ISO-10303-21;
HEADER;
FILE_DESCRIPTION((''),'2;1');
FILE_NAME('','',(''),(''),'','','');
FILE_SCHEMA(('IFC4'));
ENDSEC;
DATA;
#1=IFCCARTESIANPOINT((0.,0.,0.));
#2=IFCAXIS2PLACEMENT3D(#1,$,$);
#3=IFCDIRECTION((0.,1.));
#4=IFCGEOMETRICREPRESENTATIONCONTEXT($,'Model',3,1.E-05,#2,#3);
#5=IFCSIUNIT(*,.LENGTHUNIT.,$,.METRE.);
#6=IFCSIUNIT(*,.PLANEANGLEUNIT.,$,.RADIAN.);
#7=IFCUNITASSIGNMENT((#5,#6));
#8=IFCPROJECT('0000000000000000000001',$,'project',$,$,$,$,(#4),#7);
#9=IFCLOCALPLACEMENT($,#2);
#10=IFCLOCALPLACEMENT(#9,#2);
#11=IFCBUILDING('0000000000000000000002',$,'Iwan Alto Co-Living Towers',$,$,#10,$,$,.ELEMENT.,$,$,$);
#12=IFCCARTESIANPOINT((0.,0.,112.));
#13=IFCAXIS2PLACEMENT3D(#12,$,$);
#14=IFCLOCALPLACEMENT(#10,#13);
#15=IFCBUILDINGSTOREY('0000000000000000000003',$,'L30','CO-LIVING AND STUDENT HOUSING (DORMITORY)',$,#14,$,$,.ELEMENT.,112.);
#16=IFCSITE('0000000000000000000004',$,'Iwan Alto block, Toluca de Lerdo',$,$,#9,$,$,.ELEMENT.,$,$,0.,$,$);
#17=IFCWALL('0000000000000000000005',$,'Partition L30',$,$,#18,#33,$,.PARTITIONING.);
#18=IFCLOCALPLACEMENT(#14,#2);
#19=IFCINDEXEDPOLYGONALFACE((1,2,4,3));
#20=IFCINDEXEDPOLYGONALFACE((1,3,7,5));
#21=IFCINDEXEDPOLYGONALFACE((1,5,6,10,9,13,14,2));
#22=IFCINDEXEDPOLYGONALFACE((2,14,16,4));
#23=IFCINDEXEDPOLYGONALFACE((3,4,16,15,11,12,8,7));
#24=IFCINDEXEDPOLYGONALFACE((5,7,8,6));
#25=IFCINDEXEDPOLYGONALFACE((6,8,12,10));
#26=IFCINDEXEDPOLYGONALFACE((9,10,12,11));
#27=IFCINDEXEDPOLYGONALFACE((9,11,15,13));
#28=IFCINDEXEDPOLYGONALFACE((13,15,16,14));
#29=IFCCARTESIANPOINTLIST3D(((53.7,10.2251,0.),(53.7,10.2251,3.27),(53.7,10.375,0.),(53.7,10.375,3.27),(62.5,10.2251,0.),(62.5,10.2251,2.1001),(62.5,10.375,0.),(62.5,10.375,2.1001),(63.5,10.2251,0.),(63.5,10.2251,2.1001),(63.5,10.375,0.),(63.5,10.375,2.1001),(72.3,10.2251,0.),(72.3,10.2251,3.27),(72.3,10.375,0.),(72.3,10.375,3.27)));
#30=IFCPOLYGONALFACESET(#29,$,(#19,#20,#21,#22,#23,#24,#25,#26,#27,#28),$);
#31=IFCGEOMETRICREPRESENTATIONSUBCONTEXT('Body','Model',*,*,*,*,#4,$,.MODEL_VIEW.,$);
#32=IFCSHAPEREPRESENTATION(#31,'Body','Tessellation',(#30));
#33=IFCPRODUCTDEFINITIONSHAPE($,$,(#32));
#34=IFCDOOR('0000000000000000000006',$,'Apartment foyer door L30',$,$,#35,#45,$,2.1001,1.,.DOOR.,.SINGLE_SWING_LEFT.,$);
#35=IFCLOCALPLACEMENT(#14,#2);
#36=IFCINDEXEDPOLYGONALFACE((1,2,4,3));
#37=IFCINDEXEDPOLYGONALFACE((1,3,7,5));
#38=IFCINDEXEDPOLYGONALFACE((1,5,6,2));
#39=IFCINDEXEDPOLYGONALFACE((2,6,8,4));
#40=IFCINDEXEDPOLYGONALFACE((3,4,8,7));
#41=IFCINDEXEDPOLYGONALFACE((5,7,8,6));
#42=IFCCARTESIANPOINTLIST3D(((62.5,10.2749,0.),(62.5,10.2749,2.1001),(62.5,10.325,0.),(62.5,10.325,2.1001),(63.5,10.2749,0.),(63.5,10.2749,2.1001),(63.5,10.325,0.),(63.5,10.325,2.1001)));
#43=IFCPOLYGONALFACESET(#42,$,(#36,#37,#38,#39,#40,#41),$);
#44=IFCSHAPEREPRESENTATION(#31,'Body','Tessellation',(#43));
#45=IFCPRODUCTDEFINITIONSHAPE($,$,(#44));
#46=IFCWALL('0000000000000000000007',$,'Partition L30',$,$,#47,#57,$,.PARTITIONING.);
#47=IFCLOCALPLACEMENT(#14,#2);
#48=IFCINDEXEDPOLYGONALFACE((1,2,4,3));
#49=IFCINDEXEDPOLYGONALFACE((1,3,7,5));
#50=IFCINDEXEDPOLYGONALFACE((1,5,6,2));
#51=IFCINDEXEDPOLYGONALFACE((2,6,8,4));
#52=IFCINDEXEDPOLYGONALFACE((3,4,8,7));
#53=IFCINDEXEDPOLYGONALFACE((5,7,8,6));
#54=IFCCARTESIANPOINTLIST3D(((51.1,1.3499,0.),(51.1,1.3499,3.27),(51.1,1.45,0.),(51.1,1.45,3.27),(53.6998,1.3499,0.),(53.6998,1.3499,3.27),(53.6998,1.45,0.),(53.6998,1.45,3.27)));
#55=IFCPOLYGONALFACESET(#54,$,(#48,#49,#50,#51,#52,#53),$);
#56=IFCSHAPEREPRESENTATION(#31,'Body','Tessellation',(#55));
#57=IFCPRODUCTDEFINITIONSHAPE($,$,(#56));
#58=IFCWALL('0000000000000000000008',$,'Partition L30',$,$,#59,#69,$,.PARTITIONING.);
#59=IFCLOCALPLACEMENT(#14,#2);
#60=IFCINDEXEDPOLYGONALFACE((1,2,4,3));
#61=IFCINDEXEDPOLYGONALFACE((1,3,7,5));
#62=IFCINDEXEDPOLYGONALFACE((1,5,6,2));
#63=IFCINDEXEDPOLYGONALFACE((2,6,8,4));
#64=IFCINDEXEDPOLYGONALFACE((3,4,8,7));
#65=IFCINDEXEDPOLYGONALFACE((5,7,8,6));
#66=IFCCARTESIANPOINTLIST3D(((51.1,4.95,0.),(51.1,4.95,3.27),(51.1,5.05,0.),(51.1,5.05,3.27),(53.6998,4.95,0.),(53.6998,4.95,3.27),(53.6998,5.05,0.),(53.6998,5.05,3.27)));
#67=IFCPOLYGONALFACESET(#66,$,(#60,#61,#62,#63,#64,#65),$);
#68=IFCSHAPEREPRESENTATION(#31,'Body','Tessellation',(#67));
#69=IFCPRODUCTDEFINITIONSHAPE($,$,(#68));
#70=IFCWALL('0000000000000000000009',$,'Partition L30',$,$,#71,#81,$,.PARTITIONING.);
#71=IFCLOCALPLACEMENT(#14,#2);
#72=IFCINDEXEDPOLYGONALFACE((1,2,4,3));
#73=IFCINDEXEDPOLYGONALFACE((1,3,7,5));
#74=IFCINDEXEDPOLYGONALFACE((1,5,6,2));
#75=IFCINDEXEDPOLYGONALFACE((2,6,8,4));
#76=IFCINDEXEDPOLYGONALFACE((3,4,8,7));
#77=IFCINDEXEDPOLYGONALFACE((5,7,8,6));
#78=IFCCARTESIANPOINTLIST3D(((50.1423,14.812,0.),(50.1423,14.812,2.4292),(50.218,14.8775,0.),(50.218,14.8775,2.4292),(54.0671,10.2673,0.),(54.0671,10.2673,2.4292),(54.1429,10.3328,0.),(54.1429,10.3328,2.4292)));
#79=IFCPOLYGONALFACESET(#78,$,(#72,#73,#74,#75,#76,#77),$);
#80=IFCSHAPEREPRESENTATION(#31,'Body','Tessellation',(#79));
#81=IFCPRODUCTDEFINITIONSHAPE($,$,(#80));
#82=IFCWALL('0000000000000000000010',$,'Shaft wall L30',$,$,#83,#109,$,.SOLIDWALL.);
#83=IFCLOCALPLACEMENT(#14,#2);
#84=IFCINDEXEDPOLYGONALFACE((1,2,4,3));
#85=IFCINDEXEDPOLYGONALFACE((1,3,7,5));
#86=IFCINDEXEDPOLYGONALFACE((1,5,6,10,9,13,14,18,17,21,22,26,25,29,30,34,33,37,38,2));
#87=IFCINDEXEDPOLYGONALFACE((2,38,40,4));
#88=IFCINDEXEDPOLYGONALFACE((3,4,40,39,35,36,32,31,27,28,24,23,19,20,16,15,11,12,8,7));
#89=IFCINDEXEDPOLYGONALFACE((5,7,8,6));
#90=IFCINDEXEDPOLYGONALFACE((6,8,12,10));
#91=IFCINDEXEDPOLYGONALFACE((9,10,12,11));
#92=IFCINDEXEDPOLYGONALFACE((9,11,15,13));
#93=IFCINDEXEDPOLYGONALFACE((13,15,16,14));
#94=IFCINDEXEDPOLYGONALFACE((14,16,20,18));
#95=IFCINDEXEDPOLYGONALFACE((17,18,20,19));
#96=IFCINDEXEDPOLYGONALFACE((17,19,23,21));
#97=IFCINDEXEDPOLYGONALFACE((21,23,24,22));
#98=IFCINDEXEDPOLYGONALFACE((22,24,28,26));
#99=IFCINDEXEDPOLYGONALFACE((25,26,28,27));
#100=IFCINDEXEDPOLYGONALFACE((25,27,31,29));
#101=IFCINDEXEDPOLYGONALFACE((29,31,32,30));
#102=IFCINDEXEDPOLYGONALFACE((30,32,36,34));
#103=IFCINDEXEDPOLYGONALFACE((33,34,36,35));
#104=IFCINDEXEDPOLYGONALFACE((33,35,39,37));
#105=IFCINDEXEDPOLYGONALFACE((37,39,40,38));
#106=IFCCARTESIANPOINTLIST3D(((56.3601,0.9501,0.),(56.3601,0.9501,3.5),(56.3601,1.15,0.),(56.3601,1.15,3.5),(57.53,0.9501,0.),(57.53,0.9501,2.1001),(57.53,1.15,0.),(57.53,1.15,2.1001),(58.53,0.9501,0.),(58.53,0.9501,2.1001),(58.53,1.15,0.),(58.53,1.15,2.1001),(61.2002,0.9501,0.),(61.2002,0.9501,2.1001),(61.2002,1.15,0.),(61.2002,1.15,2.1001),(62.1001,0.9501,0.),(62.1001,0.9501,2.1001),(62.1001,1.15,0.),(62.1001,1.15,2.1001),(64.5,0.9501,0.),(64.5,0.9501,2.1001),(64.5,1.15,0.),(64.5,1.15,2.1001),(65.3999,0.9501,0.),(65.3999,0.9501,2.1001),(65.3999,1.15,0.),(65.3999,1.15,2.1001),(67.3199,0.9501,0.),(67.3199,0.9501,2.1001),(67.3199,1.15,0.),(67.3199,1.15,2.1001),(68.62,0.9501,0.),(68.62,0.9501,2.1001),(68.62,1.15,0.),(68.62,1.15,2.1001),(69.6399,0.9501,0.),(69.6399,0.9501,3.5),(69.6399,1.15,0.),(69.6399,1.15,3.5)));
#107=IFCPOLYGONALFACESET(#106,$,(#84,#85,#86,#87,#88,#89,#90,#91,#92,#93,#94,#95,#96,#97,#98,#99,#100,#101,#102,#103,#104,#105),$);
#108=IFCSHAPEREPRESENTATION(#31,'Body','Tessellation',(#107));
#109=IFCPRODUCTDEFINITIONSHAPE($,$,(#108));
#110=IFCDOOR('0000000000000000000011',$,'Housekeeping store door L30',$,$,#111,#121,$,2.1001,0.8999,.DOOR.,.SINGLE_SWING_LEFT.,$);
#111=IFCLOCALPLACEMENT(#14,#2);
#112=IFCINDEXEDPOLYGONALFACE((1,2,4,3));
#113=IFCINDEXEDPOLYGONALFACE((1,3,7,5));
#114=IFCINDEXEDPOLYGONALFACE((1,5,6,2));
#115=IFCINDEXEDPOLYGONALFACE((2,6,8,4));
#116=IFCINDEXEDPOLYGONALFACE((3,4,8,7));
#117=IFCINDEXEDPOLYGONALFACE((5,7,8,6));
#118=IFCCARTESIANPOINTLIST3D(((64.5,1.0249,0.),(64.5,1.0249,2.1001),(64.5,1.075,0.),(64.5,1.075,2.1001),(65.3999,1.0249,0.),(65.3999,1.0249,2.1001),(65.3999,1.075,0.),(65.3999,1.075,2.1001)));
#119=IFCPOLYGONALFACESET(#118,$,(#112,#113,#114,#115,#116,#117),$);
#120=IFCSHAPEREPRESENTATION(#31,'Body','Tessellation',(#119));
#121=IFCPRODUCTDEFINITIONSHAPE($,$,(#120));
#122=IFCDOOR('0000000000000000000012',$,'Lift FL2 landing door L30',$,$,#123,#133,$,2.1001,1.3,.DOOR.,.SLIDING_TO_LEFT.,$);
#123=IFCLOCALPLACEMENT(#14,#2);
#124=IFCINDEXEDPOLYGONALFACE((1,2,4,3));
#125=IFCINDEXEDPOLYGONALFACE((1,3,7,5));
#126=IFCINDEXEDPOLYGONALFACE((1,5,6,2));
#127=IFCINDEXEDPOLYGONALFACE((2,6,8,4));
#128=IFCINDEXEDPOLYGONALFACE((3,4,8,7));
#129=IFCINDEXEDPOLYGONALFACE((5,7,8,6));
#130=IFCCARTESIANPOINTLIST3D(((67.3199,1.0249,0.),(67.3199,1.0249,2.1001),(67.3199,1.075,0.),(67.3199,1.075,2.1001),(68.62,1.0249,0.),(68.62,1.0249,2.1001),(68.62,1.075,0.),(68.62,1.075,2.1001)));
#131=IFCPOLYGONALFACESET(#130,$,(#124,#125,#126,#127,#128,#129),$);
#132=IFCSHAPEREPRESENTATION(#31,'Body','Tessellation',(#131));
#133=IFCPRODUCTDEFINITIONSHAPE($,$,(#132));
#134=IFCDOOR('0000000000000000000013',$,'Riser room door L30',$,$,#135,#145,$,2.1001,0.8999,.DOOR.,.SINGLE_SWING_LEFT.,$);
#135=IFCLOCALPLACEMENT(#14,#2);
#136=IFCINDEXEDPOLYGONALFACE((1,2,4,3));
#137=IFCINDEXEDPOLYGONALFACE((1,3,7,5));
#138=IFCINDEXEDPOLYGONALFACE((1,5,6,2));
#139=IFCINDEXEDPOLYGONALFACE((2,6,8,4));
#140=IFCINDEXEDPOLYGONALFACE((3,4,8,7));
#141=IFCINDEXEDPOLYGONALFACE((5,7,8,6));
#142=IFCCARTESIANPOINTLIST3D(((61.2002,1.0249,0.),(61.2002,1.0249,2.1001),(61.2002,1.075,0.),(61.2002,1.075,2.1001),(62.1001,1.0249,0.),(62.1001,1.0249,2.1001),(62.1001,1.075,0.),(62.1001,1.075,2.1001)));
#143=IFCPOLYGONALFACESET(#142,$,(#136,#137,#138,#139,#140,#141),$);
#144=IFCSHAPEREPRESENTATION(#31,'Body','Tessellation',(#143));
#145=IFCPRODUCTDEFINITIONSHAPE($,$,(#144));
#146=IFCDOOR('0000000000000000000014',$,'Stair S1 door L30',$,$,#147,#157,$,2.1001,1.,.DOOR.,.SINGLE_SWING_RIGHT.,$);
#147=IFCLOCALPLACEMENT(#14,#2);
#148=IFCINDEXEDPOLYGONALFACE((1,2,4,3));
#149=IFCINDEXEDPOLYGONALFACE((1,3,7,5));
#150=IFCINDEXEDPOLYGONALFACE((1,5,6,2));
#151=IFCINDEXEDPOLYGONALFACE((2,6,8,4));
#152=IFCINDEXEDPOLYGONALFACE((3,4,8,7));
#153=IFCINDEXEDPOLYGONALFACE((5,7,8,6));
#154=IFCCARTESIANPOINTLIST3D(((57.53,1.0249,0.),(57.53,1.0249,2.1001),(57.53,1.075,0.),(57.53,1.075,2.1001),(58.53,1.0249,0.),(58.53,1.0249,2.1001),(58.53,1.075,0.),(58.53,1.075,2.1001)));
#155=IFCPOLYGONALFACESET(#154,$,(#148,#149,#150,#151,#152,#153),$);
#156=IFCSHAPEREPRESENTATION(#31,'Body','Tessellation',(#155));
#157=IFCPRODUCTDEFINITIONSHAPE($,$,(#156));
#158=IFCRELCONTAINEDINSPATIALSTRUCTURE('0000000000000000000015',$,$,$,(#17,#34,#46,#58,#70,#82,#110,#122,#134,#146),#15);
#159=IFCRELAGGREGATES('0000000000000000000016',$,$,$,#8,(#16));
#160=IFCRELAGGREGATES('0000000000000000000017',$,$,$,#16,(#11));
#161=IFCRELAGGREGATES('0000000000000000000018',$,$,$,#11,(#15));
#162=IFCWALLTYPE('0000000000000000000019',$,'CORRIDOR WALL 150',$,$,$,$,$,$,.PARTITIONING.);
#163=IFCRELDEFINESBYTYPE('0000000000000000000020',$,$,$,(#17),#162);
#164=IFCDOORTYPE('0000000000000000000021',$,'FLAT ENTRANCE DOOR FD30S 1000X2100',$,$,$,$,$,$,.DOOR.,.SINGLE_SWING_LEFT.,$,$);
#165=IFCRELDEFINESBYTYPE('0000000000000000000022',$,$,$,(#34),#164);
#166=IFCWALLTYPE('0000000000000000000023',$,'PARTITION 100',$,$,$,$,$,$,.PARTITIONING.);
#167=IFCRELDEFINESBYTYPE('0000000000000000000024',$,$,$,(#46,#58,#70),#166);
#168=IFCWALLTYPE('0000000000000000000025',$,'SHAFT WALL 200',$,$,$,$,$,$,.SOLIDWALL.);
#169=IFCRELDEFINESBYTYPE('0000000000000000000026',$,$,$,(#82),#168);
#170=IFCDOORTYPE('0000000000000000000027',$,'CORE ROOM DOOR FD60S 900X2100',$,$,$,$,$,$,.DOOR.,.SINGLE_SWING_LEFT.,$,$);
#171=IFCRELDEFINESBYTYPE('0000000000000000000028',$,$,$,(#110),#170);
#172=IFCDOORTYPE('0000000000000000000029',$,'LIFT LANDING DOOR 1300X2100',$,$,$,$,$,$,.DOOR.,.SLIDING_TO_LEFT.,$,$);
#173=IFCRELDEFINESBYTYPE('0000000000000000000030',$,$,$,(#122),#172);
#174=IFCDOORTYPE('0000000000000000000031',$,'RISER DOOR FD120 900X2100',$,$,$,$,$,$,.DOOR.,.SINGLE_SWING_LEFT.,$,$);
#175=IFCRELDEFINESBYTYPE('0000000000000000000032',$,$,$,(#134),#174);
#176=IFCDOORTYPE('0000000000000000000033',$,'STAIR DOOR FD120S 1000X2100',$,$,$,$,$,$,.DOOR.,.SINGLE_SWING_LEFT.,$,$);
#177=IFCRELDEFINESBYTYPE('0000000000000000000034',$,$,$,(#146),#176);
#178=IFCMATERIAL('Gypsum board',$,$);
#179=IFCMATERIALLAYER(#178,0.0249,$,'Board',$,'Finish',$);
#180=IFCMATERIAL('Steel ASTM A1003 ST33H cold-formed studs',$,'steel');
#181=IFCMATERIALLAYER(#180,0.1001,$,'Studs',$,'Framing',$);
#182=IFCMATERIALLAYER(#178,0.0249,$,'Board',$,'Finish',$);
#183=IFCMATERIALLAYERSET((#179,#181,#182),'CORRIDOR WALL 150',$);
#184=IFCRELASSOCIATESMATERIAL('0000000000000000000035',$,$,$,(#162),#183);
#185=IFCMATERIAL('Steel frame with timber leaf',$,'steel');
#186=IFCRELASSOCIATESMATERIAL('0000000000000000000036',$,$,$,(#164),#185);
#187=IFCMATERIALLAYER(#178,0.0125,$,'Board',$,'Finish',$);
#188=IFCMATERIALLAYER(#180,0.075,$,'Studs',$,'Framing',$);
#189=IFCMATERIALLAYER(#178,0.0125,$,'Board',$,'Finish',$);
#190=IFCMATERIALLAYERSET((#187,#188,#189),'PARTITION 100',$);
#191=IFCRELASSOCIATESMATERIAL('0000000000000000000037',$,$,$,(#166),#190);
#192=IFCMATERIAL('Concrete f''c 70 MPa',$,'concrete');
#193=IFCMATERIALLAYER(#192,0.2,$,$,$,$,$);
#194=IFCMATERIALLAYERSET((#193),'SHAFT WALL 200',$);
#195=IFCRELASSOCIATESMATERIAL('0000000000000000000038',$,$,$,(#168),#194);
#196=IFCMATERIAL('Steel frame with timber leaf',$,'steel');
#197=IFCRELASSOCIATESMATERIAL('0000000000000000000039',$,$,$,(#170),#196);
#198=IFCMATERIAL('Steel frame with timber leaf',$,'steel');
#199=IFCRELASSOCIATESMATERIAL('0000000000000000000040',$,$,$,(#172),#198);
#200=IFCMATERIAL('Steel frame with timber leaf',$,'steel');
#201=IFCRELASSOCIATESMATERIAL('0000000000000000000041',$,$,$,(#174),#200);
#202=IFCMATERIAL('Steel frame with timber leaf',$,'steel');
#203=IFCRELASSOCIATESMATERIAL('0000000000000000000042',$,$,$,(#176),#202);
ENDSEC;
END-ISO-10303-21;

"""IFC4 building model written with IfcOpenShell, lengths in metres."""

from ifc_helpers import new_model, si_unit, direction, frame, frame_2d, origin, place, context, subcontext, project, spatial, rectangle, extrude, material, layer, layer_set, type_object, element, fill, save


model = new_model("IFC4")

# Units and contexts
model_context = context("Model", 3, precision=1e-05, world=origin(), true_north=direction((0.0, 1.0)))
body_context = subcontext(model_context, "Body", "Model", "MODEL_VIEW")
ifc_project = project(units=[si_unit("LENGTHUNIT", "METRE"), si_unit("PLANEANGLEUNIT", "RADIAN")], contexts=[model_context])

# Site, building, storey
site_placement = place(None, origin())
site = spatial("IfcSite", under=ifc_project, at=site_placement, Name="Iwan Alto block, Toluca de Lerdo", CompositionType="ELEMENT", RefElevation=0.0)
building_placement = place(site_placement, origin())
building = spatial("IfcBuilding", under=site, at=building_placement, Name="Iwan Alto Co-Living Towers", CompositionType="ELEMENT")
storey_placement = place(building_placement, frame((0.0, 0.0, 112.0)))
storey = spatial("IfcBuildingStorey", under=building, at=storey_placement, Name="L30", Description="CO-LIVING AND STUDENT HOUSING (DORMITORY)", CompositionType="ELEMENT", Elevation=112.0)

# Wall, opening, door
ifc_material_1 = material(Name="Gypsum board")
ifc_layer_1 = layer(ifc_material_1, 0.0249, Name="Board", Category="Finish")
ifc_material_2 = material(Name="Steel ASTM A1003 ST33H cold-formed studs", Category="steel")
ifc_layer_2 = layer(ifc_material_2, 0.1001, Name="Studs", Category="Framing")
ifc_layer_3 = layer(ifc_material_1, 0.0249, Name="Board", Category="Finish")
ifc_layer_set_1 = layer_set([ifc_layer_1, ifc_layer_2, ifc_layer_3], Name="CORRIDOR WALL 150")
wall_type_1 = type_object("IfcWallType", Name="CORRIDOR WALL 150", PredefinedType="PARTITIONING", material=ifc_layer_set_1)
wall_1_placement = place(storey_placement, frame((53.7, 10.3, 0.0), z_axis=(0.0, 0.0, 1.0), x_axis=(1.0, 0.0, 0.0)))
wall_1 = element("IfcWall", 1, at=wall_1_placement, inside=storey, type_object=wall_type_1, Name="Partition L30", PredefinedType="PARTITIONING", context=body_context, shape_type="SweptSolid", body=[
    extrude(rectangle(XDim=18.6001, YDim=0.1499, at=frame_2d((9.3, 0.0))), origin(), (0.0, 0.0, 1.0), 3.27),
])
opening_1_placement = place(wall_1_placement, frame((8.8, 0.0, 0.0)))
opening_1 = element("IfcOpeningElement", 2, at=opening_1_placement, cuts=wall_1, PredefinedType="OPENING", context=body_context, shape_type="SweptSolid", body=[
    extrude(rectangle(XDim=1.0, YDim=2.1001, at=frame_2d((0.5, 1.05))), frame((0.0, 0.085, 0.0), z_axis=(0.0, -1.0, 0.0), x_axis=(1.0, 0.0, 0.0)), (0.0, 0.0, 1.0), 0.1699),
])
ifc_material_3 = material(Name="Steel frame with timber leaf", Category="steel")
door_type_1 = type_object("IfcDoorType", Name="FLAT ENTRANCE DOOR FD30S 1000X2100", OperationType="SINGLE_SWING_LEFT", PredefinedType="DOOR", material=ifc_material_3)
door_1_placement = place(opening_1_placement, origin())
door_1 = element("IfcDoor", 3, at=door_1_placement, inside=storey, type_object=door_type_1, Name="Apartment foyer door L30", OperationType="SINGLE_SWING_LEFT", OverallHeight=2.1001, OverallWidth=1.0, PredefinedType="DOOR", context=body_context, shape_type="SweptSolid", body=[
    extrude(rectangle(XDim=1.0, YDim=2.1001, at=frame_2d((0.5, 1.05))), frame((0.0, 0.0249, 0.0), z_axis=(0.0, -1.0, 0.0), x_axis=(1.0, 0.0, 0.0)), (0.0, 0.0, 1.0), 0.05),
])
fill(opening_1, door_1)

# Walls
ifc_layer_4 = layer(ifc_material_1, 0.0125, Name="Board", Category="Finish")
ifc_layer_5 = layer(ifc_material_2, 0.075, Name="Studs", Category="Framing")
ifc_layer_6 = layer(ifc_material_1, 0.0125, Name="Board", Category="Finish")
ifc_layer_set_2 = layer_set([ifc_layer_4, ifc_layer_5, ifc_layer_6], Name="PARTITION 100")
wall_type_2 = type_object("IfcWallType", Name="PARTITION 100", PredefinedType="PARTITIONING", material=ifc_layer_set_2)
for number, where, z_axis, x_axis, name in (
    (4, (51.1001, 1.3999, 0.0), (0.0, 0.0, 1.0), (1.0, 0.0, 0.0), "Partition L30"),
    (5, (51.1001, 5.0, 0.0), (0.0, 0.0, 1.0), (1.0, 0.0, 0.0), "Partition L30"),
):
    element("IfcWall", number, at=place(storey_placement, frame(where, z_axis=z_axis, x_axis=x_axis)), inside=storey, type_object=wall_type_2, Name=name, PredefinedType="PARTITIONING", context=body_context, shape_type="SweptSolid", body=[
        extrude(rectangle(XDim=2.5999, YDim=0.1001, at=frame_2d((1.2998, 0.0))), origin(), (0.0, 0.0, 1.0), 3.27),
    ])
wall_2_placement = place(storey_placement, frame((54.105, 10.3, 0.0), z_axis=(0.0, 0.0, 1.0), x_axis=(-0.653606, 0.756835, 0.0)))
element("IfcWall", 6, at=wall_2_placement, inside=storey, type_object=wall_type_2, Name="Partition L30", PredefinedType="PARTITIONING", context=body_context, shape_type="SweptSolid", body=[
    extrude(rectangle(XDim=6.0049, YDim=0.1001, at=frame_2d((3.0024, 0.0))), origin(), (0.0, 0.0, 1.0), 2.4292),
])

# Wall, openings, doors
ifc_material_4 = material(Name="Concrete f'c 70 MPa", Category="concrete")
ifc_layer_7 = layer(ifc_material_4, 0.2)
ifc_layer_set_3 = layer_set([ifc_layer_7], Name="SHAFT WALL 200")
wall_type_3 = type_object("IfcWallType", Name="SHAFT WALL 200", PredefinedType="SOLIDWALL", material=ifc_layer_set_3)
wall_3_placement = place(storey_placement, frame((56.3601, 1.05, 0.0), z_axis=(0.0, 0.0, 1.0), x_axis=(1.0, 0.0, 0.0)))
wall_3 = element("IfcWall", 7, at=wall_3_placement, inside=storey, type_object=wall_type_3, Name="Shaft wall L30", PredefinedType="SOLIDWALL", context=body_context, shape_type="SweptSolid", body=[
    extrude(rectangle(XDim=13.2798, YDim=0.2, at=frame_2d((6.6399, 0.0))), origin(), (0.0, 0.0, 1.0), 3.5),
])
opening_2_placement = place(wall_3_placement, frame((1.1699, 0.0, 0.0)))
opening_2 = element("IfcOpeningElement", 8, at=opening_2_placement, cuts=wall_3, PredefinedType="OPENING", context=body_context, shape_type="SweptSolid", body=[
    extrude(rectangle(XDim=1.0, YDim=2.1001, at=frame_2d((0.5, 1.05))), frame((0.0, 0.1099, 0.0), z_axis=(0.0, -1.0, 0.0), x_axis=(1.0, 0.0, 0.0)), (0.0, 0.0, 1.0), 0.22),
])
opening_3_placement = place(wall_3_placement, frame((4.8401, 0.0, 0.0)))
opening_3 = element("IfcOpeningElement", 9, at=opening_3_placement, cuts=wall_3, PredefinedType="OPENING", context=body_context, shape_type="SweptSolid", body=[
    extrude(rectangle(XDim=0.8999, YDim=2.1001, at=frame_2d((0.45, 1.05))), frame((0.0, 0.1099, 0.0), z_axis=(0.0, -1.0, 0.0), x_axis=(1.0, 0.0, 0.0)), (0.0, 0.0, 1.0), 0.22),
])
opening_4_placement = place(wall_3_placement, frame((8.1399, 0.0, 0.0)))
opening_4 = element("IfcOpeningElement", 10, at=opening_4_placement, cuts=wall_3, PredefinedType="OPENING", context=body_context, shape_type="SweptSolid", body=[
    extrude(rectangle(XDim=0.8999, YDim=2.1001, at=frame_2d((0.45, 1.05))), frame((0.0, 0.1099, 0.0), z_axis=(0.0, -1.0, 0.0), x_axis=(1.0, 0.0, 0.0)), (0.0, 0.0, 1.0), 0.22),
])
opening_5_placement = place(wall_3_placement, frame((10.96, 0.0, 0.0)))
opening_5 = element("IfcOpeningElement", 11, at=opening_5_placement, cuts=wall_3, PredefinedType="OPENING", context=body_context, shape_type="SweptSolid", body=[
    extrude(rectangle(XDim=1.3, YDim=2.1001, at=frame_2d((0.6499, 1.05))), frame((0.0, 0.1099, 0.0), z_axis=(0.0, -1.0, 0.0), x_axis=(1.0, 0.0, 0.0)), (0.0, 0.0, 1.0), 0.22),
])
ifc_material_5 = material(Name="Steel frame with timber leaf", Category="steel")
door_type_2 = type_object("IfcDoorType", Name="CORE ROOM DOOR FD60S 900X2100", OperationType="SINGLE_SWING_LEFT", PredefinedType="DOOR", material=ifc_material_5)
door_2_placement = place(opening_4_placement, origin())
door_2 = element("IfcDoor", 12, at=door_2_placement, inside=storey, type_object=door_type_2, Name="Housekeeping store door L30", OperationType="SINGLE_SWING_LEFT", OverallHeight=2.1001, OverallWidth=0.8999, PredefinedType="DOOR", context=body_context, shape_type="SweptSolid", body=[
    extrude(rectangle(XDim=0.8999, YDim=2.1001, at=frame_2d((0.45, 1.05))), frame((0.0, 0.0249, 0.0), z_axis=(0.0, -1.0, 0.0), x_axis=(1.0, 0.0, 0.0)), (0.0, 0.0, 1.0), 0.05),
])
fill(opening_4, door_2)
ifc_material_6 = material(Name="Steel frame with timber leaf", Category="steel")
door_type_3 = type_object("IfcDoorType", Name="LIFT LANDING DOOR 1300X2100", OperationType="SLIDING_TO_LEFT", PredefinedType="DOOR", material=ifc_material_6)
door_3_placement = place(opening_5_placement, origin())
door_3 = element("IfcDoor", 13, at=door_3_placement, inside=storey, type_object=door_type_3, Name="Lift FL2 landing door L30", OperationType="SLIDING_TO_LEFT", OverallHeight=2.1001, OverallWidth=1.3, PredefinedType="DOOR", context=body_context, shape_type="SweptSolid", body=[
    extrude(rectangle(XDim=1.3, YDim=2.1001, at=frame_2d((0.6499, 1.05))), frame((0.0, 0.0249, 0.0), z_axis=(0.0, -1.0, 0.0), x_axis=(1.0, 0.0, 0.0)), (0.0, 0.0, 1.0), 0.05),
])
fill(opening_5, door_3)
ifc_material_7 = material(Name="Steel frame with timber leaf", Category="steel")
door_type_4 = type_object("IfcDoorType", Name="RISER DOOR FD120 900X2100", OperationType="SINGLE_SWING_LEFT", PredefinedType="DOOR", material=ifc_material_7)
door_4_placement = place(opening_3_placement, origin())
door_4 = element("IfcDoor", 14, at=door_4_placement, inside=storey, type_object=door_type_4, Name="Riser room door L30", OperationType="SINGLE_SWING_LEFT", OverallHeight=2.1001, OverallWidth=0.8999, PredefinedType="DOOR", context=body_context, shape_type="SweptSolid", body=[
    extrude(rectangle(XDim=0.8999, YDim=2.1001, at=frame_2d((0.45, 1.05))), frame((0.0, 0.0249, 0.0), z_axis=(0.0, -1.0, 0.0), x_axis=(1.0, 0.0, 0.0)), (0.0, 0.0, 1.0), 0.05),
])
fill(opening_3, door_4)
ifc_material_8 = material(Name="Steel frame with timber leaf", Category="steel")
door_type_5 = type_object("IfcDoorType", Name="STAIR DOOR FD120S 1000X2100", OperationType="SINGLE_SWING_LEFT", PredefinedType="DOOR", material=ifc_material_8)
door_5_placement = place(opening_2_placement, origin())
door_5 = element("IfcDoor", 15, at=door_5_placement, inside=storey, type_object=door_type_5, Name="Stair S1 door L30", OperationType="SINGLE_SWING_RIGHT", OverallHeight=2.1001, OverallWidth=1.0, PredefinedType="DOOR", context=body_context, shape_type="SweptSolid", body=[
    extrude(rectangle(XDim=1.0, YDim=2.1001, at=frame_2d((0.5, 1.05))), frame((0.0, 0.0249, 0.0), z_axis=(0.0, -1.0, 0.0), x_axis=(1.0, 0.0, 0.0)), (0.0, 0.0, 1.0), 0.05),
])
fill(opening_2, door_5)

save(model, "model.ifc")
